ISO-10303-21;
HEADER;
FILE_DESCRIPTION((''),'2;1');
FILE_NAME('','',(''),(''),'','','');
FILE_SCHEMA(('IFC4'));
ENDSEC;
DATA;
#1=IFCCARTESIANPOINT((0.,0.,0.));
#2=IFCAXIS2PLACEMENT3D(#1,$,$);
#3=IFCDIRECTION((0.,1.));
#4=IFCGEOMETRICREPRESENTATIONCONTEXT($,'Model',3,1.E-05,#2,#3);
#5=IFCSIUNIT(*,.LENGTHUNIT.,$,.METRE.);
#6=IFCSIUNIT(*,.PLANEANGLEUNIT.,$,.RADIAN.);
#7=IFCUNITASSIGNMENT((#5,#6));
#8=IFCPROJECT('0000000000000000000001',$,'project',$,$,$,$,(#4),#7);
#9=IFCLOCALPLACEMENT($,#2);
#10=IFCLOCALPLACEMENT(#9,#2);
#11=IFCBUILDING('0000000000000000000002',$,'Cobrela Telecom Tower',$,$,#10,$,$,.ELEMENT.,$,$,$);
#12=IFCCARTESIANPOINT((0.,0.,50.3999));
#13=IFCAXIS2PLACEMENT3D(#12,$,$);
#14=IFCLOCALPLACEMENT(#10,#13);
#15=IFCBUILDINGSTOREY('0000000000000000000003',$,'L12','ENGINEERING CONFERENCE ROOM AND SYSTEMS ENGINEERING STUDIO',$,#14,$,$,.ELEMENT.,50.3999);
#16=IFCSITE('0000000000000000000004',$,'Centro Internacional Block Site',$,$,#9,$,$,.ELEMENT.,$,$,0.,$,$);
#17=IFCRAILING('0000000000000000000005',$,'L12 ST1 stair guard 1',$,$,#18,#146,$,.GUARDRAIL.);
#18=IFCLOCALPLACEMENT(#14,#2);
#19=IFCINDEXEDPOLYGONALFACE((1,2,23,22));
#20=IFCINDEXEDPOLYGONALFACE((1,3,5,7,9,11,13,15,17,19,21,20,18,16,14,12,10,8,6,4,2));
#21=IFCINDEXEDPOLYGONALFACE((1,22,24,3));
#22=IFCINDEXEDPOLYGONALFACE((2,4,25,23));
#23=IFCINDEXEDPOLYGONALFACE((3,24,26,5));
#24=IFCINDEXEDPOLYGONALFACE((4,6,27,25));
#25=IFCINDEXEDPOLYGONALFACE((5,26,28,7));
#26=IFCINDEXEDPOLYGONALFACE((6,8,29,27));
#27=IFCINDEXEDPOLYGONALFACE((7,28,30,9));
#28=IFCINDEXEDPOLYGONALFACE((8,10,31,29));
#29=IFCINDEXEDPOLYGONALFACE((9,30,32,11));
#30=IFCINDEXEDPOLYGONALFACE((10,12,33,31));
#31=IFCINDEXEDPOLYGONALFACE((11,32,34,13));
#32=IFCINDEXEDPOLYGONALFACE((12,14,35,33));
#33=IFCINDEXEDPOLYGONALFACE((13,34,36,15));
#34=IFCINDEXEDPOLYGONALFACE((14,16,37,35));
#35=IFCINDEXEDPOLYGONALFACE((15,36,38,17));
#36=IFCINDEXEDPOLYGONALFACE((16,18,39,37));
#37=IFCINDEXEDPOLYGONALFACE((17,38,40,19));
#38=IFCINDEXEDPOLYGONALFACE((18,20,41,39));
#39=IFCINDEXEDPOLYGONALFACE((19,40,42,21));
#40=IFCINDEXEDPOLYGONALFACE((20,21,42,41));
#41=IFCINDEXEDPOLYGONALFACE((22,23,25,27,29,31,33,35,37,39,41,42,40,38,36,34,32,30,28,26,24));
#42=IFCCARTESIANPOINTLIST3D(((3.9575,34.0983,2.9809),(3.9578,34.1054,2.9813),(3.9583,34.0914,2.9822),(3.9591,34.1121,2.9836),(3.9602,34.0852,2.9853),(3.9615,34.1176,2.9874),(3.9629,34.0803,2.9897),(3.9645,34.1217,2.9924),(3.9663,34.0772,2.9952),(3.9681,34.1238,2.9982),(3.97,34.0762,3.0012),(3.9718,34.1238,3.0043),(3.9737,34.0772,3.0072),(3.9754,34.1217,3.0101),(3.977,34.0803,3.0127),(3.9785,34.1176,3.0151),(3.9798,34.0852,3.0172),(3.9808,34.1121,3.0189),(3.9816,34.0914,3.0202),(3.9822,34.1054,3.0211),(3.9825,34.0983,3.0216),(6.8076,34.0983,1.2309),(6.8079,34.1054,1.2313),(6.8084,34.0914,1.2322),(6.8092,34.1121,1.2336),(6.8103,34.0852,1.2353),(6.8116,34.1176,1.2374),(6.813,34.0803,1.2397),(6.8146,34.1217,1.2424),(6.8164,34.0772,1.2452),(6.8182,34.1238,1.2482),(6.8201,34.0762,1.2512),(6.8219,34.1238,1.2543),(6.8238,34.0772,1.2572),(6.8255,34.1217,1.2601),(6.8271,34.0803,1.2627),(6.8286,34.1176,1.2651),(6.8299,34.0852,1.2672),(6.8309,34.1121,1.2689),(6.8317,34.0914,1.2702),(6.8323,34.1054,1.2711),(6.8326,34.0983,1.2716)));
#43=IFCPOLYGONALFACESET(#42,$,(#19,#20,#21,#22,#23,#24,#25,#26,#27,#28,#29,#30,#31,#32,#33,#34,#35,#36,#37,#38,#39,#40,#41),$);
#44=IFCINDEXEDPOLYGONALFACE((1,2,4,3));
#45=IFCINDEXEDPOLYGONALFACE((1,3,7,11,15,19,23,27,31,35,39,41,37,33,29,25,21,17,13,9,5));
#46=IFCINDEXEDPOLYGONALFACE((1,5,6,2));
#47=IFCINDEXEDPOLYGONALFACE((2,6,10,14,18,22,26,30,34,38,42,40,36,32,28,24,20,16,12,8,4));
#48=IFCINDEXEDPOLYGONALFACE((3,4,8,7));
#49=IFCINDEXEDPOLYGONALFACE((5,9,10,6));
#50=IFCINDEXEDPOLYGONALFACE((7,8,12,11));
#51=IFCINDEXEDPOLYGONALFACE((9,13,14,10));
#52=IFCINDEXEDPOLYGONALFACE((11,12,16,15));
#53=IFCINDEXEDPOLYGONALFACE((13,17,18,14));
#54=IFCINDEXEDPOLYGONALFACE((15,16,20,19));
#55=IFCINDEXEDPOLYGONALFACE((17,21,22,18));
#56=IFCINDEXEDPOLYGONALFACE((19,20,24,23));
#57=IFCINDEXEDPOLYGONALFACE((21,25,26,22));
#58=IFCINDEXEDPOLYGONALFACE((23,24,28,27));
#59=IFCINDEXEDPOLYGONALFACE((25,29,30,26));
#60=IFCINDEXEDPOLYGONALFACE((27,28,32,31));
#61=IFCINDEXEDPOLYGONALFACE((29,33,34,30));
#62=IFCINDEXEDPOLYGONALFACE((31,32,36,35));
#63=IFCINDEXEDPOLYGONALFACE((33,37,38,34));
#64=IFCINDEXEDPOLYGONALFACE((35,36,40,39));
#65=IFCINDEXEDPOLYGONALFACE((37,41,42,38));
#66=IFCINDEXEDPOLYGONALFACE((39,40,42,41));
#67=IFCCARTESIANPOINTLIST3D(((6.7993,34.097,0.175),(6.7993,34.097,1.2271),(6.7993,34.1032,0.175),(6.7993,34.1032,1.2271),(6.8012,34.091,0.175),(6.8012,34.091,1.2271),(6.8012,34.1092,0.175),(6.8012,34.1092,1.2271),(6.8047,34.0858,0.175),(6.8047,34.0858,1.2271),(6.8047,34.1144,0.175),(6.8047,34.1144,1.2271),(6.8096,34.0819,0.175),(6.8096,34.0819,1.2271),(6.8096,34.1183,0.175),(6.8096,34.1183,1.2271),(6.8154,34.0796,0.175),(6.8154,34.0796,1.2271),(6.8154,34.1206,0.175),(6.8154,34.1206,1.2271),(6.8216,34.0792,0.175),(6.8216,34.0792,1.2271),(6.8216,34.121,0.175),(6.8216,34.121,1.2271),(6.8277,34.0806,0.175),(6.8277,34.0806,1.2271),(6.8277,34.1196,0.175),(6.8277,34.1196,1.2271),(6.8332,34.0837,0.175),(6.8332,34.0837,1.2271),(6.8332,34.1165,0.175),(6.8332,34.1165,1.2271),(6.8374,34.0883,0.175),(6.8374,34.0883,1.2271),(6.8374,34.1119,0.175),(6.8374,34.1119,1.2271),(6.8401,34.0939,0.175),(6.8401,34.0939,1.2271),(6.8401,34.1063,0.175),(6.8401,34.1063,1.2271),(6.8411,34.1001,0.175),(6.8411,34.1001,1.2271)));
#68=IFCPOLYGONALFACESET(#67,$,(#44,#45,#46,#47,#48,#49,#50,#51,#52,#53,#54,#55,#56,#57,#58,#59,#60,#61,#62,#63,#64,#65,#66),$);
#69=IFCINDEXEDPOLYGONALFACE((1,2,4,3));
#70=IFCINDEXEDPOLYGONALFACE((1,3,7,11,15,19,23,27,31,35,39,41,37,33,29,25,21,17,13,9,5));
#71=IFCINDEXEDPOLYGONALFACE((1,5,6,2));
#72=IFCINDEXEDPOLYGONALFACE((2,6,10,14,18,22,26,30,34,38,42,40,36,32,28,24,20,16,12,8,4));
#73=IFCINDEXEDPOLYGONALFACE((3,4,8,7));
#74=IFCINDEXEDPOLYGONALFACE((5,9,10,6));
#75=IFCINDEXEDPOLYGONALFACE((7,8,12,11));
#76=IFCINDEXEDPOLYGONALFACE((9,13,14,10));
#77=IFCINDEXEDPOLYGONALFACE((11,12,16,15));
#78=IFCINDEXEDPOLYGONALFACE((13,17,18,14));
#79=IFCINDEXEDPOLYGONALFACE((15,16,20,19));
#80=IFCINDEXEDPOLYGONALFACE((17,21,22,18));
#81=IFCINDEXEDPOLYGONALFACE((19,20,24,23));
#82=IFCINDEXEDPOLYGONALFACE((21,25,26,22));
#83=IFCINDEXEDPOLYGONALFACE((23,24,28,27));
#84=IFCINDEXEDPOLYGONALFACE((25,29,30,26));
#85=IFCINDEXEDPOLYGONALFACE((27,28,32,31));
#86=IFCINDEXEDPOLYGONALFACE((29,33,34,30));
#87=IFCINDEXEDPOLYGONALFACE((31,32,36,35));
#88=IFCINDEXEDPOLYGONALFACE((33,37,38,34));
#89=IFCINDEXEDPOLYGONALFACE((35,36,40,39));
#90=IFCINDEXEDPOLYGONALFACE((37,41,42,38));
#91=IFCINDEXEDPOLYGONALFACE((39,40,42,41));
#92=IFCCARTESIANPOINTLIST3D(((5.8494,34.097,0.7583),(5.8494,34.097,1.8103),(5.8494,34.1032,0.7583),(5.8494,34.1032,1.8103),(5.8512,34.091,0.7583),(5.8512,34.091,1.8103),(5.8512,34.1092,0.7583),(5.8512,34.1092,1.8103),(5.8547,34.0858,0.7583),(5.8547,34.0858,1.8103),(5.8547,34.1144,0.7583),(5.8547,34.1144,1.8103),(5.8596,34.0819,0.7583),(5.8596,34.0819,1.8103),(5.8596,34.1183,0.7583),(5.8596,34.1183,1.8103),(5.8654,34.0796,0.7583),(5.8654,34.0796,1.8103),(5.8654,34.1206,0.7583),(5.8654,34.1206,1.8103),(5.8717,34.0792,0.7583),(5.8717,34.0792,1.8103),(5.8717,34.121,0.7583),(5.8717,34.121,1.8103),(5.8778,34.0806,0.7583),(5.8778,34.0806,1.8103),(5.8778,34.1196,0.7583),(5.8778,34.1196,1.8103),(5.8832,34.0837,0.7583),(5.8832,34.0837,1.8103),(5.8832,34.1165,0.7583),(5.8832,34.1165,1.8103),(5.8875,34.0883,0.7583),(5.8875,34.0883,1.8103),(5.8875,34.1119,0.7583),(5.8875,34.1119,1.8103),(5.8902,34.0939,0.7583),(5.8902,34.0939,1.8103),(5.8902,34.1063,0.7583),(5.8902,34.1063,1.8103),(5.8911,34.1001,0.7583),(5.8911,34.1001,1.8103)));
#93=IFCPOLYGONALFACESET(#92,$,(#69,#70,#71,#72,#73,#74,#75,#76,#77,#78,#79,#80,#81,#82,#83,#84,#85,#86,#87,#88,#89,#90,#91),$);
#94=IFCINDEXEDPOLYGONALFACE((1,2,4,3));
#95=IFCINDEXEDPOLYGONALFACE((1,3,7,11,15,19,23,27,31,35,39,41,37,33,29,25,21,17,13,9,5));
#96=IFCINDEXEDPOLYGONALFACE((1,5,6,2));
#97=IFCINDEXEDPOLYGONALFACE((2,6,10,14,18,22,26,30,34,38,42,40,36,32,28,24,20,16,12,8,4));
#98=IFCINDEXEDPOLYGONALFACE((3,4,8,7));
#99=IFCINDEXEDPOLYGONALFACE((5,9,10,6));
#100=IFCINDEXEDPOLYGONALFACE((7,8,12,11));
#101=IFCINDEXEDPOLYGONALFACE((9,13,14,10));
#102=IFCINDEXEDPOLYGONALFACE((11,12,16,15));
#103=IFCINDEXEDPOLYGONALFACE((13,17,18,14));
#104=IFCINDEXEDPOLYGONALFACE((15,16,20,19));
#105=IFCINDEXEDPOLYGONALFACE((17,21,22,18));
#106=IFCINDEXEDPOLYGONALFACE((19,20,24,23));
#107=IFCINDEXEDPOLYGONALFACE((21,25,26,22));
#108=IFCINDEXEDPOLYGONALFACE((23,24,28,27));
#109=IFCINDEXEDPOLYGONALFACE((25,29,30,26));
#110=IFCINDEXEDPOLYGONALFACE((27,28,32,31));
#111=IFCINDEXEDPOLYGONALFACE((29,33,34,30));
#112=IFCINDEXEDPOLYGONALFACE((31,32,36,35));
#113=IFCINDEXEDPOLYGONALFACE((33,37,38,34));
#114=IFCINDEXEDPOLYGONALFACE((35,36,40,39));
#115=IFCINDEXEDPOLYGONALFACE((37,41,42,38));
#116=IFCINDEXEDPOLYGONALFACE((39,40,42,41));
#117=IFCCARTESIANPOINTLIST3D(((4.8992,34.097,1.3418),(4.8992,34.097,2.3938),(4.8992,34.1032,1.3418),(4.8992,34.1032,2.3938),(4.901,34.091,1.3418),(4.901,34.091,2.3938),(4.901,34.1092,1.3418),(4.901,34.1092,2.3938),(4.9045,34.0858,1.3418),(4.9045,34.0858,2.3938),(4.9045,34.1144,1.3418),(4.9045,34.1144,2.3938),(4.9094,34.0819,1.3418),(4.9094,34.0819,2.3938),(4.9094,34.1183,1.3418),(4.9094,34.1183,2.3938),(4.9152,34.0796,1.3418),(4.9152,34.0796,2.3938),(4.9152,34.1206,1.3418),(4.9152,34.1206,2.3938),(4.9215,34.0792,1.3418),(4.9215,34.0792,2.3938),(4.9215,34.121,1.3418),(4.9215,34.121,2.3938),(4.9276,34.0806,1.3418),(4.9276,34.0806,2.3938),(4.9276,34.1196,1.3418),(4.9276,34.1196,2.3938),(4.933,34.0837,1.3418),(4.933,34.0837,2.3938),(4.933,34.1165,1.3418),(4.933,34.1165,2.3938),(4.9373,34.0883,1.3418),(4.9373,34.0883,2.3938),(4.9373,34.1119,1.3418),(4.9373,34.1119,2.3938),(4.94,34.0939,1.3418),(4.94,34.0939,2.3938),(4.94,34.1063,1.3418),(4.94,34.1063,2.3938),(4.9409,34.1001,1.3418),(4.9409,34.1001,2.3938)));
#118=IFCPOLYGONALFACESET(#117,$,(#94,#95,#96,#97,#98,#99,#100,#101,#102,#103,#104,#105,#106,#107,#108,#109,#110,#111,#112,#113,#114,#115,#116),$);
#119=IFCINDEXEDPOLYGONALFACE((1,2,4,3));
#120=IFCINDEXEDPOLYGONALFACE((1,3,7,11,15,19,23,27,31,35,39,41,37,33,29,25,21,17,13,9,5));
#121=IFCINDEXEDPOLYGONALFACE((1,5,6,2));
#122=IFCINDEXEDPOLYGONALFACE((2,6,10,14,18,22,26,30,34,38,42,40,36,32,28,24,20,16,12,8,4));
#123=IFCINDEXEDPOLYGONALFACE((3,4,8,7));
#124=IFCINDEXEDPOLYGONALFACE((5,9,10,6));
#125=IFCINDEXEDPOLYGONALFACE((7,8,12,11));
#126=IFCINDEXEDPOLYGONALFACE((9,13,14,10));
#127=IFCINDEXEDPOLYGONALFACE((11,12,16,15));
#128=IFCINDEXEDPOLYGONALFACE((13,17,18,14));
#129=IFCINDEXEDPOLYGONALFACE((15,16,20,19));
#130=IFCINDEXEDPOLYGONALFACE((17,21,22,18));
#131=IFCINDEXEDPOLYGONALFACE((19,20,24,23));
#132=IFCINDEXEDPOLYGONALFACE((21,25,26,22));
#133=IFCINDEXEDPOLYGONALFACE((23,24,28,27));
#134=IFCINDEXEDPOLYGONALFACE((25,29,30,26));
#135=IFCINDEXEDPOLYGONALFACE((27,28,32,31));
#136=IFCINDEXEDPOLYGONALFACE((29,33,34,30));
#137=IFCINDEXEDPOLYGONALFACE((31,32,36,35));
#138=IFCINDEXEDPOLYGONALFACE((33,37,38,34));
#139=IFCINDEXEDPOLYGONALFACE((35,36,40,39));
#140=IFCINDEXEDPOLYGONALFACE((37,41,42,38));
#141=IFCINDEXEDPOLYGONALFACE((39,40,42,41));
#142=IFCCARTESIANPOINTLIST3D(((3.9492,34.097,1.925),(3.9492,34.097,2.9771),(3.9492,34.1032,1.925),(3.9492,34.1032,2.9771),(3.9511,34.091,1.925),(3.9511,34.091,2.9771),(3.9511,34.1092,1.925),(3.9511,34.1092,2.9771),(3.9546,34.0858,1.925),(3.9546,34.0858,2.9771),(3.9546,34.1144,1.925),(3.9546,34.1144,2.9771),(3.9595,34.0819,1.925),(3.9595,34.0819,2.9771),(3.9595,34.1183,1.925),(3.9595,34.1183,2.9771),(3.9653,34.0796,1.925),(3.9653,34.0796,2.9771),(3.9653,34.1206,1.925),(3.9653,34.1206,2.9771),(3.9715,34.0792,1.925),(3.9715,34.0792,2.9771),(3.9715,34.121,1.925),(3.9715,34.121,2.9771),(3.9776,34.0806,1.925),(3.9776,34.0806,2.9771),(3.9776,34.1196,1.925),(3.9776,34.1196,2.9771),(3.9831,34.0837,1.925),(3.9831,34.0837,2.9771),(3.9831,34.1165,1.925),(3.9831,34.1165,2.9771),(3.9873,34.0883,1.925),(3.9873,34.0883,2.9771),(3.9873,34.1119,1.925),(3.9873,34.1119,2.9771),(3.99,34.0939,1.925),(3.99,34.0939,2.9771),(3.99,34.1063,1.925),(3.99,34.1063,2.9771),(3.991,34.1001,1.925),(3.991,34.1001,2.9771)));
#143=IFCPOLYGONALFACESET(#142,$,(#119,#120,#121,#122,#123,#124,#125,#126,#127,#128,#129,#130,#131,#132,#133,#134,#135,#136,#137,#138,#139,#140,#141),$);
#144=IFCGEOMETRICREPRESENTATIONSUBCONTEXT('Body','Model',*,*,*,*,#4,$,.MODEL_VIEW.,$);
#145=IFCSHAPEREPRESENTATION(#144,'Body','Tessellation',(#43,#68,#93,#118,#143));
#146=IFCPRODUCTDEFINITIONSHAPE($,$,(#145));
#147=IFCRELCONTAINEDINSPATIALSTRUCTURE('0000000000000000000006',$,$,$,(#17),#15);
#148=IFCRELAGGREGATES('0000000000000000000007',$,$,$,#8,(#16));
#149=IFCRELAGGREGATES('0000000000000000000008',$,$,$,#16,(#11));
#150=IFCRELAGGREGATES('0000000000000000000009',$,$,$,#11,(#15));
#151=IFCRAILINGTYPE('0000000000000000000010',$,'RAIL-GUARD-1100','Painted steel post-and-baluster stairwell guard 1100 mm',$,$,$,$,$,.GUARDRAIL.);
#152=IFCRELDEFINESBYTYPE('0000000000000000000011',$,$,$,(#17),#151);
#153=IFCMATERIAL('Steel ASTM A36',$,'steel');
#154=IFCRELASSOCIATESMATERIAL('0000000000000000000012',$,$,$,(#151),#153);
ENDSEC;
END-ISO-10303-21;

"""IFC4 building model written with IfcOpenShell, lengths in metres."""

from ifc_helpers import new_model, si_unit, direction, frame, origin, origin_2d, place, context, subcontext, project, spatial, circle, extrude, material, type_object, element, save


model = new_model("IFC4")

# Units and contexts
model_context = context("Model", 3, precision=1e-05, world=origin(), true_north=direction((0.0, 1.0)))
body_context = subcontext(model_context, "Body", "Model", "MODEL_VIEW")
ifc_project = project(units=[si_unit("LENGTHUNIT", "METRE"), si_unit("PLANEANGLEUNIT", "RADIAN")], contexts=[model_context])

# Site, building, storey
site_placement = place(None, origin())
site = spatial("IfcSite", under=ifc_project, at=site_placement, Name="Centro Internacional Block Site", CompositionType="ELEMENT", RefElevation=0.0)
building_placement = place(site_placement, origin())
building = spatial("IfcBuilding", under=site, at=building_placement, Name="Cobrela Telecom Tower", CompositionType="ELEMENT")
storey_placement = place(building_placement, frame((0.0, 0.0, 50.3999)))
storey = spatial("IfcBuildingStorey", under=building, at=storey_placement, Name="L12", Description="ENGINEERING CONFERENCE ROOM AND SYSTEMS ENGINEERING STUDIO", CompositionType="ELEMENT", Elevation=50.3999)

# Shared definitions
ifc_material_1 = material(Name="Steel ASTM A36", Category="steel")

# Railing
railing_type_1 = type_object("IfcRailingType", Name="RAIL-GUARD-1100", Description="Painted steel post-and-baluster stairwell guard 1100 mm", PredefinedType="GUARDRAIL", material=ifc_material_1)
railing_1_placement = place(storey_placement, frame((6.8201, 34.1001, 0.175)))
element("IfcRailing", 1, at=railing_1_placement, inside=storey, type_object=railing_type_1, Name="L12 ST1 stair guard 1", PredefinedType="GUARDRAIL", context=body_context, shape_type="SweptSolid", body=[
    extrude(circle(Radius=0.0239, at=origin_2d()), frame((0.0, 0.0, 1.0762), z_axis=(-0.852179, 0.0, 0.52325), x_axis=(0.0, -1.0, 0.0)), (0.0, 0.0, 1.0), 3.3445),
    extrude(circle(Radius=0.021, at=origin_2d()), origin(), (0.0, 0.0, 1.0), 1.052),
    extrude(circle(Radius=0.021, at=origin_2d()), frame((-0.95, 0.0, 0.5833)), (0.0, 0.0, 1.0), 1.052),
    extrude(circle(Radius=0.021, at=origin_2d()), frame((-1.9001, 0.0, 1.1667)), (0.0, 0.0, 1.0), 1.052),
    extrude(circle(Radius=0.021, at=origin_2d()), frame((-2.8501, 0.0, 1.75)), (0.0, 0.0, 1.0), 1.052),
])

save(model, "model.ifc")
